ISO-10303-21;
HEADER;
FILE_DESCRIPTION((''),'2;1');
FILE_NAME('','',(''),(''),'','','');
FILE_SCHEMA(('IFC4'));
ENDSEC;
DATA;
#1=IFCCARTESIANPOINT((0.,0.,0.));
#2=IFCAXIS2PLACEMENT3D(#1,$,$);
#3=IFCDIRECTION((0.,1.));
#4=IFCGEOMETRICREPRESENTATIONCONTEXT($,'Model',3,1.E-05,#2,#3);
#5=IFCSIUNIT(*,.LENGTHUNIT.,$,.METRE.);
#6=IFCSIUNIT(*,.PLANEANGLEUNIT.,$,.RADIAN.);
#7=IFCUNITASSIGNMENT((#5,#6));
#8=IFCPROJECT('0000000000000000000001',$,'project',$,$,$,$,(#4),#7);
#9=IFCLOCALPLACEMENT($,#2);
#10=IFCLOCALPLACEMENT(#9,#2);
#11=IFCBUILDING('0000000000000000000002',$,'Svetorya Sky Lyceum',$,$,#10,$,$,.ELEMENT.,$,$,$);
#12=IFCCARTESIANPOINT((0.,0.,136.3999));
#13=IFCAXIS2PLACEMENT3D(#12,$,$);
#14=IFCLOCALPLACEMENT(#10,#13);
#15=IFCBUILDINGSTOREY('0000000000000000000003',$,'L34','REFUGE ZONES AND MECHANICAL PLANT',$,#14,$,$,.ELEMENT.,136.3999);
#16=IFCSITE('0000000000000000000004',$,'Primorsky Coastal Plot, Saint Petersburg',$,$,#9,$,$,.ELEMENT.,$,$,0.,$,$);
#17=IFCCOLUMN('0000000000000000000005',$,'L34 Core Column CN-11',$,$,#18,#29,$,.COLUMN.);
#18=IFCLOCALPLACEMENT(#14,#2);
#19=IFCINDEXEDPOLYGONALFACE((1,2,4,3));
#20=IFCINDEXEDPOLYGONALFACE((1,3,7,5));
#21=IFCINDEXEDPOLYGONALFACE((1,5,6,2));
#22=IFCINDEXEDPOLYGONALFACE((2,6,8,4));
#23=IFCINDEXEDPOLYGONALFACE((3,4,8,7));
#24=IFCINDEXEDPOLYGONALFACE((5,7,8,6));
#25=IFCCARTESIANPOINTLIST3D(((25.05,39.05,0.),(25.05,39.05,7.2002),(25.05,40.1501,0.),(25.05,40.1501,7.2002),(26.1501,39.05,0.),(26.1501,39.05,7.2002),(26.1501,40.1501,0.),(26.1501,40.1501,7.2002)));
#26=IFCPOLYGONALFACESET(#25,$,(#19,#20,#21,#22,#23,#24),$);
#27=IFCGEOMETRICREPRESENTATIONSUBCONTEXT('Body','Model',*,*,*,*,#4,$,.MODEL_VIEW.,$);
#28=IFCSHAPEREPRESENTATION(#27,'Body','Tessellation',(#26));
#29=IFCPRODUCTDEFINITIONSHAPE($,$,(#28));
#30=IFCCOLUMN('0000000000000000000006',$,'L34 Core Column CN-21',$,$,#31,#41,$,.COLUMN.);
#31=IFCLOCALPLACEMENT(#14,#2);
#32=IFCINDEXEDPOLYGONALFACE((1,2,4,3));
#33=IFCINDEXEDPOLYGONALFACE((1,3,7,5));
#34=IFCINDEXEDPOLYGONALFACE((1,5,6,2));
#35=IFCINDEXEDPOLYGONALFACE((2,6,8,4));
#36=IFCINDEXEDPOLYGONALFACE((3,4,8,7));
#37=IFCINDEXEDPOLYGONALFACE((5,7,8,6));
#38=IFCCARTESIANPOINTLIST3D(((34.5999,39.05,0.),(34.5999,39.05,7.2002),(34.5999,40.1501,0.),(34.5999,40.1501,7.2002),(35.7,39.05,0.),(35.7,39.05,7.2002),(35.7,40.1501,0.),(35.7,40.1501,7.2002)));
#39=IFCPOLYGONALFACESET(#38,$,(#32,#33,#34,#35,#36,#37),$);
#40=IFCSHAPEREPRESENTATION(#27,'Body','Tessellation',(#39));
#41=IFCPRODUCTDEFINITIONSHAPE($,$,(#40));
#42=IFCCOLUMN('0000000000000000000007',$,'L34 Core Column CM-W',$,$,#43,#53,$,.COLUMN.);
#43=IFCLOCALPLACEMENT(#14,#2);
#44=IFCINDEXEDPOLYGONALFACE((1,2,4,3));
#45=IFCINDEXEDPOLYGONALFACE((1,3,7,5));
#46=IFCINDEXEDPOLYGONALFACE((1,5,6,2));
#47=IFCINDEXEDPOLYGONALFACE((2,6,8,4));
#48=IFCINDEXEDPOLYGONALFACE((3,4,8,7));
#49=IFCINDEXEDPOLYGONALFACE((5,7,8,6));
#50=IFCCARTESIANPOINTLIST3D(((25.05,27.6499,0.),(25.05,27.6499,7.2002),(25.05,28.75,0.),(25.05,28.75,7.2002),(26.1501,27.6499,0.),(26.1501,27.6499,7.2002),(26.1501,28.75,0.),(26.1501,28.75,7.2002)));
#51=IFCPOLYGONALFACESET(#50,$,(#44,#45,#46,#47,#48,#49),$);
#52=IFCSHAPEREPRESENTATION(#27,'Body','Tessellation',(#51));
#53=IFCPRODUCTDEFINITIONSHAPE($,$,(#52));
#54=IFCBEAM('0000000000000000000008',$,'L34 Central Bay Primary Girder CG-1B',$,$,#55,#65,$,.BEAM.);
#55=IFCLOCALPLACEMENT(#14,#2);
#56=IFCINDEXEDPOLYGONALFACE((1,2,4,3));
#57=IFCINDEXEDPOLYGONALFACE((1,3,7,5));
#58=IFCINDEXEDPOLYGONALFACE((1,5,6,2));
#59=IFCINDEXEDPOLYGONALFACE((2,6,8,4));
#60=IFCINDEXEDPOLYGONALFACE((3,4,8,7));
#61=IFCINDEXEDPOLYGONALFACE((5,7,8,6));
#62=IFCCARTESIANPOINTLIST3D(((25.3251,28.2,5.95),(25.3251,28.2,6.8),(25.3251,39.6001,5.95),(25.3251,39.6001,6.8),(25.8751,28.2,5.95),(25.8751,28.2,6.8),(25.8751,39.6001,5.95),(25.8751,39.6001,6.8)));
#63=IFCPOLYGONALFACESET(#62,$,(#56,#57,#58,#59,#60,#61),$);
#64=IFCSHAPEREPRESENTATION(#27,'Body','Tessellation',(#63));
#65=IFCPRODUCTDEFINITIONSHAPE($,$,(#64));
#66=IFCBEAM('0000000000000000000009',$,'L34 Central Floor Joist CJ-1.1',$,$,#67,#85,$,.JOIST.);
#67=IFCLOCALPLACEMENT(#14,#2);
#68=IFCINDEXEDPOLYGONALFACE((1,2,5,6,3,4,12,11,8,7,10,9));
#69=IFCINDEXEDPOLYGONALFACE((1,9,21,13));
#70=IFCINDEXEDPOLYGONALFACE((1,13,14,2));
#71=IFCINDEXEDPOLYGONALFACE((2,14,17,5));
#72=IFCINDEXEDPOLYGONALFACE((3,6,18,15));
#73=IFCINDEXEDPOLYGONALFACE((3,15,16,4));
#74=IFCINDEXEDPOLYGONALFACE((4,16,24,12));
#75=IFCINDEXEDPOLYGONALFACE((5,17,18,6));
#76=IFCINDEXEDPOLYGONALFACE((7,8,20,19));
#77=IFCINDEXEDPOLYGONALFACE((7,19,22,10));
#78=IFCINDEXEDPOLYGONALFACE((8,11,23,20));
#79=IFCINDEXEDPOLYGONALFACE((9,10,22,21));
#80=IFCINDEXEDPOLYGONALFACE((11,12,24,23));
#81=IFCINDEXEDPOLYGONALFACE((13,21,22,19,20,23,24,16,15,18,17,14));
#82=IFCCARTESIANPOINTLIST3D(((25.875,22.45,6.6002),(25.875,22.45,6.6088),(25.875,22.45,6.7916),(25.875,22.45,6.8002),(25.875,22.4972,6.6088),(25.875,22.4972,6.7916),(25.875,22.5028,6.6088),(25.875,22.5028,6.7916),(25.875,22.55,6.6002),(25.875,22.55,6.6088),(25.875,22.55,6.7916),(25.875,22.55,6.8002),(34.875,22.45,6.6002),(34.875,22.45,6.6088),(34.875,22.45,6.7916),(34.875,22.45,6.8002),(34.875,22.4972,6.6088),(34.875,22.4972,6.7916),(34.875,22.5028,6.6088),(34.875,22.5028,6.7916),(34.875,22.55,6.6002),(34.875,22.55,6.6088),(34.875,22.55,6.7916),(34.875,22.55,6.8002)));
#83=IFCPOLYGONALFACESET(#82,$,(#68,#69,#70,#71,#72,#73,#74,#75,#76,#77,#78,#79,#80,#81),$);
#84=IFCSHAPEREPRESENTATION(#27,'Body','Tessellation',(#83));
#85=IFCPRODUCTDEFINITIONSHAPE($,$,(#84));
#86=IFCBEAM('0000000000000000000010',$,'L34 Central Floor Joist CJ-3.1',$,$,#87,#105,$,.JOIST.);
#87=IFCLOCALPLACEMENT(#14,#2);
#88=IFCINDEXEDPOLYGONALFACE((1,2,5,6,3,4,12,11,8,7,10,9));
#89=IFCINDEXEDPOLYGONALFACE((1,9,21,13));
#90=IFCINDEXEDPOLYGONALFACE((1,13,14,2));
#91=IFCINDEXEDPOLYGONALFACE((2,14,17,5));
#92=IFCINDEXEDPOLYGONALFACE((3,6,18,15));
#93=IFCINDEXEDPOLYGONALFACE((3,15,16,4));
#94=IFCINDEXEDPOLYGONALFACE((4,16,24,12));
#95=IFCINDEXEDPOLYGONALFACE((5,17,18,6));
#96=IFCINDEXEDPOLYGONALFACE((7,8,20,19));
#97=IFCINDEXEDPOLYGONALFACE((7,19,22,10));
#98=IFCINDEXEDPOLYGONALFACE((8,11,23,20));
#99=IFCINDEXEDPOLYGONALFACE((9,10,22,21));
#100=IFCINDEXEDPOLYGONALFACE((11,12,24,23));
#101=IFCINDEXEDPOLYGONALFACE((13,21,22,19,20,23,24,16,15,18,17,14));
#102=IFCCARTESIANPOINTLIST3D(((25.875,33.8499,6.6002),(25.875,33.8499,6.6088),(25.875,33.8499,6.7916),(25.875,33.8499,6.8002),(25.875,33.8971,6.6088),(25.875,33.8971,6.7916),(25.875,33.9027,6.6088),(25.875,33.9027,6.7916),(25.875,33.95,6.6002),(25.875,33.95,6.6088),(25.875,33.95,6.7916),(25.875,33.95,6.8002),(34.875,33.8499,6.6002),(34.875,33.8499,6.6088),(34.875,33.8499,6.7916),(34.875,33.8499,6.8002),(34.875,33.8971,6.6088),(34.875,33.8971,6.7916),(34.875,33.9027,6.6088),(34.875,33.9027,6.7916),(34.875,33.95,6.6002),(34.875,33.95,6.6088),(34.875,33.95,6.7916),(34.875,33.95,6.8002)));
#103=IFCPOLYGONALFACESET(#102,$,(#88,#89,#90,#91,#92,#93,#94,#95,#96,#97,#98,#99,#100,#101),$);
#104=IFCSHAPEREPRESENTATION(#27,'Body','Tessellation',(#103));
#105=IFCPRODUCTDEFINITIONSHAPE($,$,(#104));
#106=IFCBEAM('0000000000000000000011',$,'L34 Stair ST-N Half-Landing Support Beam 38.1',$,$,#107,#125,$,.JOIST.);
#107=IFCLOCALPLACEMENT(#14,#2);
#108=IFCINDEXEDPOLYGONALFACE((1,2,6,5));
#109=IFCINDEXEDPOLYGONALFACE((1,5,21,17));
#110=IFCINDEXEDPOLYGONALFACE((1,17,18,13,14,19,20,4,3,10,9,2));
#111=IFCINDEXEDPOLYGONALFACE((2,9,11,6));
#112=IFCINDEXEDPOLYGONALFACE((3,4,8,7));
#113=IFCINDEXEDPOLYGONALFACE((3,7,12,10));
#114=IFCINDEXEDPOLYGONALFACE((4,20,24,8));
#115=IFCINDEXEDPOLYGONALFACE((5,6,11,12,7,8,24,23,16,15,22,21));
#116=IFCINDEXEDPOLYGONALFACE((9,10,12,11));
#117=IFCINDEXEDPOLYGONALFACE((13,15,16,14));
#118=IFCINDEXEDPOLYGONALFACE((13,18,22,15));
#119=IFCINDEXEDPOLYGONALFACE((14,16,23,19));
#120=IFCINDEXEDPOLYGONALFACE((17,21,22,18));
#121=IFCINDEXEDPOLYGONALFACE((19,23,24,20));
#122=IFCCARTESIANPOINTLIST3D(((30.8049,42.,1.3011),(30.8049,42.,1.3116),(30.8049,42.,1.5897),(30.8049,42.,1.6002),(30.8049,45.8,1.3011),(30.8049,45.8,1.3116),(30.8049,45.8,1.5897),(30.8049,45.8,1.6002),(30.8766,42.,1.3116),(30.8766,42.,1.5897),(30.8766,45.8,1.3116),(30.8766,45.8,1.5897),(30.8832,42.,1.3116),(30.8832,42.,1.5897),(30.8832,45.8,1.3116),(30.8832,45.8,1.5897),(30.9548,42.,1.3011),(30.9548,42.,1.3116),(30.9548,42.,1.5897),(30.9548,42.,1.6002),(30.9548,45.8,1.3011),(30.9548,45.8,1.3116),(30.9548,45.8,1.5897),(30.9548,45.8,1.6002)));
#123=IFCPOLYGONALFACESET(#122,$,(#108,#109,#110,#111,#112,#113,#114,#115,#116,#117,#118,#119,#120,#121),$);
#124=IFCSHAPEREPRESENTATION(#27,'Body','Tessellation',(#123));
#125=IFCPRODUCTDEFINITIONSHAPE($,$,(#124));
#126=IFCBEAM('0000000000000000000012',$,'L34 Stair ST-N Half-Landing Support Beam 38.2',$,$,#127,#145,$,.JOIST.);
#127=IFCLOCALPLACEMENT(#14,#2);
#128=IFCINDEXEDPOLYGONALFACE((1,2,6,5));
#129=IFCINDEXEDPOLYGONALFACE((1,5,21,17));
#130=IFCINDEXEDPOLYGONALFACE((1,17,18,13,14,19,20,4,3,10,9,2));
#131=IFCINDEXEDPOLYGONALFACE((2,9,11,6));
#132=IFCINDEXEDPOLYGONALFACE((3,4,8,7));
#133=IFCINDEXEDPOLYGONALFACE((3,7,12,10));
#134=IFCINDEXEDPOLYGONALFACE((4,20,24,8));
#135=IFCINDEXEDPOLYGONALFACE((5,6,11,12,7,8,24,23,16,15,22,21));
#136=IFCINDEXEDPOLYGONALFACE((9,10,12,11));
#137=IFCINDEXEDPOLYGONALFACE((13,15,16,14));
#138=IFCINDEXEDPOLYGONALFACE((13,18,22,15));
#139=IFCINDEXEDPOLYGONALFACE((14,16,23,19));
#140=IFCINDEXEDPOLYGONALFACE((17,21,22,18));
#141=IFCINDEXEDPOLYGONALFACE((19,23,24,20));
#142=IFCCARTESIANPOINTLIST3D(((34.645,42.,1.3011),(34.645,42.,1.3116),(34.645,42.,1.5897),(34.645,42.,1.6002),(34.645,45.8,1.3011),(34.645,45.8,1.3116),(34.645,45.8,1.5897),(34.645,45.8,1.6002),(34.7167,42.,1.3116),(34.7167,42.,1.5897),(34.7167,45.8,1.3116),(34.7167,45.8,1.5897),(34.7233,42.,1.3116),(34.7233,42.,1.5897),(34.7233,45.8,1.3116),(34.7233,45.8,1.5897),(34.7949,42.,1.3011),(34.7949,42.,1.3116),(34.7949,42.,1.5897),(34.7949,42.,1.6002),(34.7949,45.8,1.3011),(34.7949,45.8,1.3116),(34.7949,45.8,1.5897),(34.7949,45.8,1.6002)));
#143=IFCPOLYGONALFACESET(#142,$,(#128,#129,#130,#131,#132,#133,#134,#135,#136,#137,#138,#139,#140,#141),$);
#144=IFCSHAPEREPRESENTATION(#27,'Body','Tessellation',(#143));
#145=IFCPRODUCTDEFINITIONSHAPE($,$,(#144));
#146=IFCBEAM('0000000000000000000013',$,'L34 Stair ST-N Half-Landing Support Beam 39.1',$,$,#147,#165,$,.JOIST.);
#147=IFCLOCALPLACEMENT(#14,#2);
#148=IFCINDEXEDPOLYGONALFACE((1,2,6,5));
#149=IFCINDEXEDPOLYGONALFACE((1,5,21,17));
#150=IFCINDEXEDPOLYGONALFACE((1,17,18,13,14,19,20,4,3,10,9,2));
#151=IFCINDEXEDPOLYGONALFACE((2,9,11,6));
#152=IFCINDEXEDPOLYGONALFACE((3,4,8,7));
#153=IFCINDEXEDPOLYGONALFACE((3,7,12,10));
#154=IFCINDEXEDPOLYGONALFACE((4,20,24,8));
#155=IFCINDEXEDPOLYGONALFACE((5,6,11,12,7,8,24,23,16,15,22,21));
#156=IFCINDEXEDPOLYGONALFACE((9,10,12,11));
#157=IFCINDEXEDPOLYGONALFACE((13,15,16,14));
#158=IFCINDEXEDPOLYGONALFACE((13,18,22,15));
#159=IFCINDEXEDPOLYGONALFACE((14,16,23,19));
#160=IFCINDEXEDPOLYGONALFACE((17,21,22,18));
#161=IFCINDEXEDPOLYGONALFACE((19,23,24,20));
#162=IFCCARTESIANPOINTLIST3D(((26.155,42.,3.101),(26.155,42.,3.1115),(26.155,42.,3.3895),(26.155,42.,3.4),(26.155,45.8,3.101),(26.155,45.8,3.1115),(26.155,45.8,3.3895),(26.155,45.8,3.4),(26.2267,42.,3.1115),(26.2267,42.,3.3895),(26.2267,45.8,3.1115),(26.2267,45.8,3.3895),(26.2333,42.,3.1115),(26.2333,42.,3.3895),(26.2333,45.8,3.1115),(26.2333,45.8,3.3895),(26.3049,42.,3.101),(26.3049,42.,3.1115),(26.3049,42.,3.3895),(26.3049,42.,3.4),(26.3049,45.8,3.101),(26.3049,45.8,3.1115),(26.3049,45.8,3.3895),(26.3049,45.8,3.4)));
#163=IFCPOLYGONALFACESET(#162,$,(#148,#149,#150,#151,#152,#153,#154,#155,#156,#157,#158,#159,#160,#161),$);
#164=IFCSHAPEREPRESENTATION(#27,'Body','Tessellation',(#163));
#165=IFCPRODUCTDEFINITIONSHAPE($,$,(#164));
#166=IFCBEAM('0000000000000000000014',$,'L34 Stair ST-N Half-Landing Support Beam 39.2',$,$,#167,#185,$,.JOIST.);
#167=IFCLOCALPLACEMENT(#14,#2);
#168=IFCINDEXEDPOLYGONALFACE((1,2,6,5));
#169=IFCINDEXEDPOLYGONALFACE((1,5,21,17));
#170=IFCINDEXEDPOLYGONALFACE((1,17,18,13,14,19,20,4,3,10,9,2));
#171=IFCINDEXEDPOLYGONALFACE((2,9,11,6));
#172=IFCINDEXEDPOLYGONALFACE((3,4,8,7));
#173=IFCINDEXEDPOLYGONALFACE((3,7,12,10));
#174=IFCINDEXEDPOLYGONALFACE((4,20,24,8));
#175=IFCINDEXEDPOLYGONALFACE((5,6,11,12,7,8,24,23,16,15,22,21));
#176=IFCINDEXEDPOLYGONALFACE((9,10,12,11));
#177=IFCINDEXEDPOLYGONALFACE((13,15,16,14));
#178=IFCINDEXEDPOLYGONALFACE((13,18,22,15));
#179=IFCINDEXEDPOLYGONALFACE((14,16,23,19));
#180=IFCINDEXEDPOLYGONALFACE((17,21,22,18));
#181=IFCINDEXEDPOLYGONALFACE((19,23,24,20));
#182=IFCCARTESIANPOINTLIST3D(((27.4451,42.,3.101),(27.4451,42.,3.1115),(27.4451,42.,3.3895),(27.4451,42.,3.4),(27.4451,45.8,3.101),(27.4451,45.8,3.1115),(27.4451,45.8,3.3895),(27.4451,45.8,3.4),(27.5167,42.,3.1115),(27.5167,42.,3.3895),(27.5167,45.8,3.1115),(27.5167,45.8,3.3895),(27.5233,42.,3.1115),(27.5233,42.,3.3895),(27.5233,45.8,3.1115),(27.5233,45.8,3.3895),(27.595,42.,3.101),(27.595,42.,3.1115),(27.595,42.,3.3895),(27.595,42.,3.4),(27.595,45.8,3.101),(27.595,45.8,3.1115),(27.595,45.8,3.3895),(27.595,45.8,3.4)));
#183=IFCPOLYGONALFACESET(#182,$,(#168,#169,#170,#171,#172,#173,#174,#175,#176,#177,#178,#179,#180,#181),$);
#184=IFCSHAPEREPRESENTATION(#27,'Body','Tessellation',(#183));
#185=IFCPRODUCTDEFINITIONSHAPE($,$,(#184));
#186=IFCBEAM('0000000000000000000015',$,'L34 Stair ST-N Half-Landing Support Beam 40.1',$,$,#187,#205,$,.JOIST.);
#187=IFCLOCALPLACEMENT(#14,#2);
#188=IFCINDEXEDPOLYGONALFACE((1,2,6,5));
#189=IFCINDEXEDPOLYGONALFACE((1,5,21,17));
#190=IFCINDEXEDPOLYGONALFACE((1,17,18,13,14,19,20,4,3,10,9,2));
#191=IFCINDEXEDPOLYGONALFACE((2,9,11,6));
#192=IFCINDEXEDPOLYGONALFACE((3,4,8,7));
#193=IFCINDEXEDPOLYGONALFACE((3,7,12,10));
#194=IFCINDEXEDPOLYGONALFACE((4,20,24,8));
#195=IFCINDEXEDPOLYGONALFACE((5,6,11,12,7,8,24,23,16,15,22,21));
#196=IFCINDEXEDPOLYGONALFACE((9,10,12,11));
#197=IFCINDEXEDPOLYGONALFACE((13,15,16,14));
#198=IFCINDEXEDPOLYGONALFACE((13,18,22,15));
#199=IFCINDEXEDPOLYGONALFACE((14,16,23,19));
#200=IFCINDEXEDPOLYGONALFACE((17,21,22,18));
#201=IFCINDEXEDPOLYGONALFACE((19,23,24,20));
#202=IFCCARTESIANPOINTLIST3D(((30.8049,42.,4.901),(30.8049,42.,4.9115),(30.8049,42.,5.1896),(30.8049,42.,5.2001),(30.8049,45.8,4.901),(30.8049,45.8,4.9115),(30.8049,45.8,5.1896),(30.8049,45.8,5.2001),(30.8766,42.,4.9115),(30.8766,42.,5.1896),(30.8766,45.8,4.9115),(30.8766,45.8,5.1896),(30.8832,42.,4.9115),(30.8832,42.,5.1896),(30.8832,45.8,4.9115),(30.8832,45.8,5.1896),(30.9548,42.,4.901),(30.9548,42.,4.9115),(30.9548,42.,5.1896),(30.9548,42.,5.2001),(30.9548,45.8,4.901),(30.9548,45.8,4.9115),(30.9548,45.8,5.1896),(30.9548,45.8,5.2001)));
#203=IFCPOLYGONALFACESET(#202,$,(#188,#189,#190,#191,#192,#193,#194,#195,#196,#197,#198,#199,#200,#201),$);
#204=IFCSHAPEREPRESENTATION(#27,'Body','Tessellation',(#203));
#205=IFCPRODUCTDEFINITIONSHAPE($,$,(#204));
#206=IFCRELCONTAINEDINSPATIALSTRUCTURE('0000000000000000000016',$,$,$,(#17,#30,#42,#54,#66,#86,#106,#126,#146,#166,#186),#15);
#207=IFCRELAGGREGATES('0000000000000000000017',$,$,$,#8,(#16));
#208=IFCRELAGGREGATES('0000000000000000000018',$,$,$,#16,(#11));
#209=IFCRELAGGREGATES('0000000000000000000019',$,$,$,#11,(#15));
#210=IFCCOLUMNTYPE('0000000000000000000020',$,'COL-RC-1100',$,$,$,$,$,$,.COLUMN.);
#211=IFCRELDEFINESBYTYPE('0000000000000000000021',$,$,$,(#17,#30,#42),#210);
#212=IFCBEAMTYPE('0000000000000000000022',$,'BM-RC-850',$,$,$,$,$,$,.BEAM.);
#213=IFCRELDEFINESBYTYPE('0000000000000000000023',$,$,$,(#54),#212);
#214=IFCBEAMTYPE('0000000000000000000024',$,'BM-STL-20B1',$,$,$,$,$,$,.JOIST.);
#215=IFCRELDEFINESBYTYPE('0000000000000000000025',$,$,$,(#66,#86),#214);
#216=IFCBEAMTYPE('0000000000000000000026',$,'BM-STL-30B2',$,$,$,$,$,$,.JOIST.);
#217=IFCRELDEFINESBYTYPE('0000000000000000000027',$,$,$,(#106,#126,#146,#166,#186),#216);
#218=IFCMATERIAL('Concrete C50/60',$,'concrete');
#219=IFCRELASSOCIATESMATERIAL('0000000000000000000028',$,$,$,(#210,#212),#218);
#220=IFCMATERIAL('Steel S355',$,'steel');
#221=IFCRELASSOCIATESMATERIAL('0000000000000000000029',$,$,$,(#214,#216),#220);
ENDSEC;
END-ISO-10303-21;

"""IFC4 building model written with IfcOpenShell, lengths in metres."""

from ifc_helpers import new_model, si_unit, direction, frame, origin, origin_2d, place, context, subcontext, project, spatial, rectangle, i_section, extrude, material, material_profile, profile_set, type_object, element, save


model = new_model("IFC4")

# Units and contexts
model_context = context("Model", 3, precision=1e-05, world=origin(), true_north=direction((0.0, 1.0)))
body_context = subcontext(model_context, "Body", "Model", "MODEL_VIEW")
ifc_project = project(units=[si_unit("LENGTHUNIT", "METRE"), si_unit("PLANEANGLEUNIT", "RADIAN")], contexts=[model_context])

# Site, building, storey
site_placement = place(None, origin())
site = spatial("IfcSite", under=ifc_project, at=site_placement, Name="Primorsky Coastal Plot, Saint Petersburg", CompositionType="ELEMENT", RefElevation=0.0)
building_placement = place(site_placement, origin())
building = spatial("IfcBuilding", under=site, at=building_placement, Name="Svetorya Sky Lyceum", CompositionType="ELEMENT")
storey_placement = place(building_placement, frame((0.0, 0.0, 136.3999)))
storey = spatial("IfcBuildingStorey", under=building, at=storey_placement, Name="L34", Description="REFUGE ZONES AND MECHANICAL PLANT", CompositionType="ELEMENT", Elevation=136.3999)

# Columns
ifc_material_1 = material(Name="Concrete C50/60", Category="concrete")
ifc_material_profile_1 = material_profile(ifc_material_1, rectangle(XDim=1.1001, YDim=1.1001, at=origin_2d()), Name="RC COL 1100x1100")
ifc_profile_set_1 = profile_set([ifc_material_profile_1], Name="Concrete C50/60")
column_type = type_object("IfcColumnType", Name="COL-RC-1100", PredefinedType="COLUMN", material=ifc_profile_set_1)
for number, where, z_axis, x_axis, name in (
    (1, (25.6001, 39.6001, 0.0), (0.0, 0.0, 1.0), (1.0, 0.0, 0.0), "L34 Core Column CN-11"),
    (2, (35.1499, 39.6001, 0.0), (0.0, 0.0, 1.0), (1.0, 0.0, 0.0), "L34 Core Column CN-21"),
    (3, (25.6001, 28.2, 0.0), (0.0, 0.0, 1.0), (1.0, 0.0, 0.0), "L34 Core Column CM-W"),
):
    element("IfcColumn", number, at=place(storey_placement, frame(where, z_axis=z_axis, x_axis=x_axis)), inside=storey, type_object=column_type, Name=name, PredefinedType="COLUMN", context=body_context, shape_type="SweptSolid", body=[
        extrude(rectangle(XDim=1.1001, YDim=1.1001, at=origin_2d()), origin(), (0.0, 0.0, 1.0), 7.2002),
    ])

# Beams
ifc_material_profile_2 = material_profile(ifc_material_1, rectangle(XDim=0.55, YDim=0.8501, at=origin_2d()), Name="RC BEAM 550x850")
ifc_profile_set_2 = profile_set([ifc_material_profile_2], Name="Concrete C50/60")
beam_type_1 = type_object("IfcBeamType", Name="BM-RC-850", PredefinedType="BEAM", material=ifc_profile_set_2)
beam_1_placement = place(storey_placement, frame((25.6001, 28.2, 6.375), z_axis=(0.0, 1.0, 0.0), x_axis=(-1.0, 0.0, 0.0)))
element("IfcBeam", 4, at=beam_1_placement, inside=storey, type_object=beam_type_1, Name="L34 Central Bay Primary Girder CG-1B", PredefinedType="BEAM", context=body_context, shape_type="SweptSolid", body=[
    extrude(rectangle(XDim=0.55, YDim=0.8501, at=origin_2d()), origin(), (0.0, 0.0, 1.0), 11.4001),
])
ifc_material_2 = material(Name="Steel S355", Category="steel")
ifc_material_profile_3 = material_profile(ifc_material_2, i_section(OverallWidth=0.1001, OverallDepth=0.2, WebThickness=0.0056, FlangeThickness=0.0085, at=origin_2d()), Name="GOST 20B1")
ifc_profile_set_3 = profile_set([ifc_material_profile_3], Name="Steel S355")
beam_type_2 = type_object("IfcBeamType", Name="BM-STL-20B1", PredefinedType="JOIST", material=ifc_profile_set_3)
for number, where, z_axis, x_axis, name in (
    (5, (25.875, 22.5, 6.7002), (1.0, 0.0, 0.0), (0.0, 1.0, 0.0), "L34 Central Floor Joist CJ-1.1"),
    (6, (25.875, 33.8999, 6.7002), (1.0, 0.0, 0.0), (0.0, 1.0, 0.0), "L34 Central Floor Joist CJ-3.1"),
):
    element("IfcBeam", number, at=place(storey_placement, frame(where, z_axis=z_axis, x_axis=x_axis)), inside=storey, type_object=beam_type_2, Name=name, PredefinedType="JOIST", context=body_context, shape_type="SweptSolid", body=[
        extrude(i_section(OverallWidth=0.1001, OverallDepth=0.2, WebThickness=0.0056, FlangeThickness=0.0085, at=origin_2d()), origin(), (0.0, 0.0, 1.0), 9.0),
    ])
ifc_material_profile_4 = material_profile(ifc_material_2, i_section(OverallWidth=0.1499, OverallDepth=0.2991, WebThickness=0.0066, FlangeThickness=0.0105, at=origin_2d()), Name="GOST 30B2")
ifc_profile_set_4 = profile_set([ifc_material_profile_4], Name="Steel S355")
beam_type_3 = type_object("IfcBeamType", Name="BM-STL-30B2", PredefinedType="JOIST", material=ifc_profile_set_4)
for number, where, z_axis, x_axis, name in (
    (7, (30.8799, 42.0, 1.4507), (0.0, 1.0, 0.0), (-1.0, 0.0, 0.0), "L34 Stair ST-N Half-Landing Support Beam 38.1"),
    (8, (34.72, 42.0, 1.4507), (0.0, 1.0, 0.0), (-1.0, 0.0, 0.0), "L34 Stair ST-N Half-Landing Support Beam 38.2"),
    (9, (26.23, 42.0, 3.2505), (0.0, 1.0, 0.0), (-1.0, 0.0, 0.0), "L34 Stair ST-N Half-Landing Support Beam 39.1"),
    (10, (27.52, 42.0, 3.2505), (0.0, 1.0, 0.0), (-1.0, 0.0, 0.0), "L34 Stair ST-N Half-Landing Support Beam 39.2"),
    (11, (30.8799, 42.0, 5.0505), (0.0, 1.0, 0.0), (-1.0, 0.0, 0.0), "L34 Stair ST-N Half-Landing Support Beam 40.1"),
):
    element("IfcBeam", number, at=place(storey_placement, frame(where, z_axis=z_axis, x_axis=x_axis)), inside=storey, type_object=beam_type_3, Name=name, PredefinedType="JOIST", context=body_context, shape_type="SweptSolid", body=[
        extrude(i_section(OverallWidth=0.1499, OverallDepth=0.2991, WebThickness=0.0066, FlangeThickness=0.0105, at=origin_2d()), origin(), (0.0, 0.0, 1.0), 3.8),
    ])

save(model, "model.ifc")
